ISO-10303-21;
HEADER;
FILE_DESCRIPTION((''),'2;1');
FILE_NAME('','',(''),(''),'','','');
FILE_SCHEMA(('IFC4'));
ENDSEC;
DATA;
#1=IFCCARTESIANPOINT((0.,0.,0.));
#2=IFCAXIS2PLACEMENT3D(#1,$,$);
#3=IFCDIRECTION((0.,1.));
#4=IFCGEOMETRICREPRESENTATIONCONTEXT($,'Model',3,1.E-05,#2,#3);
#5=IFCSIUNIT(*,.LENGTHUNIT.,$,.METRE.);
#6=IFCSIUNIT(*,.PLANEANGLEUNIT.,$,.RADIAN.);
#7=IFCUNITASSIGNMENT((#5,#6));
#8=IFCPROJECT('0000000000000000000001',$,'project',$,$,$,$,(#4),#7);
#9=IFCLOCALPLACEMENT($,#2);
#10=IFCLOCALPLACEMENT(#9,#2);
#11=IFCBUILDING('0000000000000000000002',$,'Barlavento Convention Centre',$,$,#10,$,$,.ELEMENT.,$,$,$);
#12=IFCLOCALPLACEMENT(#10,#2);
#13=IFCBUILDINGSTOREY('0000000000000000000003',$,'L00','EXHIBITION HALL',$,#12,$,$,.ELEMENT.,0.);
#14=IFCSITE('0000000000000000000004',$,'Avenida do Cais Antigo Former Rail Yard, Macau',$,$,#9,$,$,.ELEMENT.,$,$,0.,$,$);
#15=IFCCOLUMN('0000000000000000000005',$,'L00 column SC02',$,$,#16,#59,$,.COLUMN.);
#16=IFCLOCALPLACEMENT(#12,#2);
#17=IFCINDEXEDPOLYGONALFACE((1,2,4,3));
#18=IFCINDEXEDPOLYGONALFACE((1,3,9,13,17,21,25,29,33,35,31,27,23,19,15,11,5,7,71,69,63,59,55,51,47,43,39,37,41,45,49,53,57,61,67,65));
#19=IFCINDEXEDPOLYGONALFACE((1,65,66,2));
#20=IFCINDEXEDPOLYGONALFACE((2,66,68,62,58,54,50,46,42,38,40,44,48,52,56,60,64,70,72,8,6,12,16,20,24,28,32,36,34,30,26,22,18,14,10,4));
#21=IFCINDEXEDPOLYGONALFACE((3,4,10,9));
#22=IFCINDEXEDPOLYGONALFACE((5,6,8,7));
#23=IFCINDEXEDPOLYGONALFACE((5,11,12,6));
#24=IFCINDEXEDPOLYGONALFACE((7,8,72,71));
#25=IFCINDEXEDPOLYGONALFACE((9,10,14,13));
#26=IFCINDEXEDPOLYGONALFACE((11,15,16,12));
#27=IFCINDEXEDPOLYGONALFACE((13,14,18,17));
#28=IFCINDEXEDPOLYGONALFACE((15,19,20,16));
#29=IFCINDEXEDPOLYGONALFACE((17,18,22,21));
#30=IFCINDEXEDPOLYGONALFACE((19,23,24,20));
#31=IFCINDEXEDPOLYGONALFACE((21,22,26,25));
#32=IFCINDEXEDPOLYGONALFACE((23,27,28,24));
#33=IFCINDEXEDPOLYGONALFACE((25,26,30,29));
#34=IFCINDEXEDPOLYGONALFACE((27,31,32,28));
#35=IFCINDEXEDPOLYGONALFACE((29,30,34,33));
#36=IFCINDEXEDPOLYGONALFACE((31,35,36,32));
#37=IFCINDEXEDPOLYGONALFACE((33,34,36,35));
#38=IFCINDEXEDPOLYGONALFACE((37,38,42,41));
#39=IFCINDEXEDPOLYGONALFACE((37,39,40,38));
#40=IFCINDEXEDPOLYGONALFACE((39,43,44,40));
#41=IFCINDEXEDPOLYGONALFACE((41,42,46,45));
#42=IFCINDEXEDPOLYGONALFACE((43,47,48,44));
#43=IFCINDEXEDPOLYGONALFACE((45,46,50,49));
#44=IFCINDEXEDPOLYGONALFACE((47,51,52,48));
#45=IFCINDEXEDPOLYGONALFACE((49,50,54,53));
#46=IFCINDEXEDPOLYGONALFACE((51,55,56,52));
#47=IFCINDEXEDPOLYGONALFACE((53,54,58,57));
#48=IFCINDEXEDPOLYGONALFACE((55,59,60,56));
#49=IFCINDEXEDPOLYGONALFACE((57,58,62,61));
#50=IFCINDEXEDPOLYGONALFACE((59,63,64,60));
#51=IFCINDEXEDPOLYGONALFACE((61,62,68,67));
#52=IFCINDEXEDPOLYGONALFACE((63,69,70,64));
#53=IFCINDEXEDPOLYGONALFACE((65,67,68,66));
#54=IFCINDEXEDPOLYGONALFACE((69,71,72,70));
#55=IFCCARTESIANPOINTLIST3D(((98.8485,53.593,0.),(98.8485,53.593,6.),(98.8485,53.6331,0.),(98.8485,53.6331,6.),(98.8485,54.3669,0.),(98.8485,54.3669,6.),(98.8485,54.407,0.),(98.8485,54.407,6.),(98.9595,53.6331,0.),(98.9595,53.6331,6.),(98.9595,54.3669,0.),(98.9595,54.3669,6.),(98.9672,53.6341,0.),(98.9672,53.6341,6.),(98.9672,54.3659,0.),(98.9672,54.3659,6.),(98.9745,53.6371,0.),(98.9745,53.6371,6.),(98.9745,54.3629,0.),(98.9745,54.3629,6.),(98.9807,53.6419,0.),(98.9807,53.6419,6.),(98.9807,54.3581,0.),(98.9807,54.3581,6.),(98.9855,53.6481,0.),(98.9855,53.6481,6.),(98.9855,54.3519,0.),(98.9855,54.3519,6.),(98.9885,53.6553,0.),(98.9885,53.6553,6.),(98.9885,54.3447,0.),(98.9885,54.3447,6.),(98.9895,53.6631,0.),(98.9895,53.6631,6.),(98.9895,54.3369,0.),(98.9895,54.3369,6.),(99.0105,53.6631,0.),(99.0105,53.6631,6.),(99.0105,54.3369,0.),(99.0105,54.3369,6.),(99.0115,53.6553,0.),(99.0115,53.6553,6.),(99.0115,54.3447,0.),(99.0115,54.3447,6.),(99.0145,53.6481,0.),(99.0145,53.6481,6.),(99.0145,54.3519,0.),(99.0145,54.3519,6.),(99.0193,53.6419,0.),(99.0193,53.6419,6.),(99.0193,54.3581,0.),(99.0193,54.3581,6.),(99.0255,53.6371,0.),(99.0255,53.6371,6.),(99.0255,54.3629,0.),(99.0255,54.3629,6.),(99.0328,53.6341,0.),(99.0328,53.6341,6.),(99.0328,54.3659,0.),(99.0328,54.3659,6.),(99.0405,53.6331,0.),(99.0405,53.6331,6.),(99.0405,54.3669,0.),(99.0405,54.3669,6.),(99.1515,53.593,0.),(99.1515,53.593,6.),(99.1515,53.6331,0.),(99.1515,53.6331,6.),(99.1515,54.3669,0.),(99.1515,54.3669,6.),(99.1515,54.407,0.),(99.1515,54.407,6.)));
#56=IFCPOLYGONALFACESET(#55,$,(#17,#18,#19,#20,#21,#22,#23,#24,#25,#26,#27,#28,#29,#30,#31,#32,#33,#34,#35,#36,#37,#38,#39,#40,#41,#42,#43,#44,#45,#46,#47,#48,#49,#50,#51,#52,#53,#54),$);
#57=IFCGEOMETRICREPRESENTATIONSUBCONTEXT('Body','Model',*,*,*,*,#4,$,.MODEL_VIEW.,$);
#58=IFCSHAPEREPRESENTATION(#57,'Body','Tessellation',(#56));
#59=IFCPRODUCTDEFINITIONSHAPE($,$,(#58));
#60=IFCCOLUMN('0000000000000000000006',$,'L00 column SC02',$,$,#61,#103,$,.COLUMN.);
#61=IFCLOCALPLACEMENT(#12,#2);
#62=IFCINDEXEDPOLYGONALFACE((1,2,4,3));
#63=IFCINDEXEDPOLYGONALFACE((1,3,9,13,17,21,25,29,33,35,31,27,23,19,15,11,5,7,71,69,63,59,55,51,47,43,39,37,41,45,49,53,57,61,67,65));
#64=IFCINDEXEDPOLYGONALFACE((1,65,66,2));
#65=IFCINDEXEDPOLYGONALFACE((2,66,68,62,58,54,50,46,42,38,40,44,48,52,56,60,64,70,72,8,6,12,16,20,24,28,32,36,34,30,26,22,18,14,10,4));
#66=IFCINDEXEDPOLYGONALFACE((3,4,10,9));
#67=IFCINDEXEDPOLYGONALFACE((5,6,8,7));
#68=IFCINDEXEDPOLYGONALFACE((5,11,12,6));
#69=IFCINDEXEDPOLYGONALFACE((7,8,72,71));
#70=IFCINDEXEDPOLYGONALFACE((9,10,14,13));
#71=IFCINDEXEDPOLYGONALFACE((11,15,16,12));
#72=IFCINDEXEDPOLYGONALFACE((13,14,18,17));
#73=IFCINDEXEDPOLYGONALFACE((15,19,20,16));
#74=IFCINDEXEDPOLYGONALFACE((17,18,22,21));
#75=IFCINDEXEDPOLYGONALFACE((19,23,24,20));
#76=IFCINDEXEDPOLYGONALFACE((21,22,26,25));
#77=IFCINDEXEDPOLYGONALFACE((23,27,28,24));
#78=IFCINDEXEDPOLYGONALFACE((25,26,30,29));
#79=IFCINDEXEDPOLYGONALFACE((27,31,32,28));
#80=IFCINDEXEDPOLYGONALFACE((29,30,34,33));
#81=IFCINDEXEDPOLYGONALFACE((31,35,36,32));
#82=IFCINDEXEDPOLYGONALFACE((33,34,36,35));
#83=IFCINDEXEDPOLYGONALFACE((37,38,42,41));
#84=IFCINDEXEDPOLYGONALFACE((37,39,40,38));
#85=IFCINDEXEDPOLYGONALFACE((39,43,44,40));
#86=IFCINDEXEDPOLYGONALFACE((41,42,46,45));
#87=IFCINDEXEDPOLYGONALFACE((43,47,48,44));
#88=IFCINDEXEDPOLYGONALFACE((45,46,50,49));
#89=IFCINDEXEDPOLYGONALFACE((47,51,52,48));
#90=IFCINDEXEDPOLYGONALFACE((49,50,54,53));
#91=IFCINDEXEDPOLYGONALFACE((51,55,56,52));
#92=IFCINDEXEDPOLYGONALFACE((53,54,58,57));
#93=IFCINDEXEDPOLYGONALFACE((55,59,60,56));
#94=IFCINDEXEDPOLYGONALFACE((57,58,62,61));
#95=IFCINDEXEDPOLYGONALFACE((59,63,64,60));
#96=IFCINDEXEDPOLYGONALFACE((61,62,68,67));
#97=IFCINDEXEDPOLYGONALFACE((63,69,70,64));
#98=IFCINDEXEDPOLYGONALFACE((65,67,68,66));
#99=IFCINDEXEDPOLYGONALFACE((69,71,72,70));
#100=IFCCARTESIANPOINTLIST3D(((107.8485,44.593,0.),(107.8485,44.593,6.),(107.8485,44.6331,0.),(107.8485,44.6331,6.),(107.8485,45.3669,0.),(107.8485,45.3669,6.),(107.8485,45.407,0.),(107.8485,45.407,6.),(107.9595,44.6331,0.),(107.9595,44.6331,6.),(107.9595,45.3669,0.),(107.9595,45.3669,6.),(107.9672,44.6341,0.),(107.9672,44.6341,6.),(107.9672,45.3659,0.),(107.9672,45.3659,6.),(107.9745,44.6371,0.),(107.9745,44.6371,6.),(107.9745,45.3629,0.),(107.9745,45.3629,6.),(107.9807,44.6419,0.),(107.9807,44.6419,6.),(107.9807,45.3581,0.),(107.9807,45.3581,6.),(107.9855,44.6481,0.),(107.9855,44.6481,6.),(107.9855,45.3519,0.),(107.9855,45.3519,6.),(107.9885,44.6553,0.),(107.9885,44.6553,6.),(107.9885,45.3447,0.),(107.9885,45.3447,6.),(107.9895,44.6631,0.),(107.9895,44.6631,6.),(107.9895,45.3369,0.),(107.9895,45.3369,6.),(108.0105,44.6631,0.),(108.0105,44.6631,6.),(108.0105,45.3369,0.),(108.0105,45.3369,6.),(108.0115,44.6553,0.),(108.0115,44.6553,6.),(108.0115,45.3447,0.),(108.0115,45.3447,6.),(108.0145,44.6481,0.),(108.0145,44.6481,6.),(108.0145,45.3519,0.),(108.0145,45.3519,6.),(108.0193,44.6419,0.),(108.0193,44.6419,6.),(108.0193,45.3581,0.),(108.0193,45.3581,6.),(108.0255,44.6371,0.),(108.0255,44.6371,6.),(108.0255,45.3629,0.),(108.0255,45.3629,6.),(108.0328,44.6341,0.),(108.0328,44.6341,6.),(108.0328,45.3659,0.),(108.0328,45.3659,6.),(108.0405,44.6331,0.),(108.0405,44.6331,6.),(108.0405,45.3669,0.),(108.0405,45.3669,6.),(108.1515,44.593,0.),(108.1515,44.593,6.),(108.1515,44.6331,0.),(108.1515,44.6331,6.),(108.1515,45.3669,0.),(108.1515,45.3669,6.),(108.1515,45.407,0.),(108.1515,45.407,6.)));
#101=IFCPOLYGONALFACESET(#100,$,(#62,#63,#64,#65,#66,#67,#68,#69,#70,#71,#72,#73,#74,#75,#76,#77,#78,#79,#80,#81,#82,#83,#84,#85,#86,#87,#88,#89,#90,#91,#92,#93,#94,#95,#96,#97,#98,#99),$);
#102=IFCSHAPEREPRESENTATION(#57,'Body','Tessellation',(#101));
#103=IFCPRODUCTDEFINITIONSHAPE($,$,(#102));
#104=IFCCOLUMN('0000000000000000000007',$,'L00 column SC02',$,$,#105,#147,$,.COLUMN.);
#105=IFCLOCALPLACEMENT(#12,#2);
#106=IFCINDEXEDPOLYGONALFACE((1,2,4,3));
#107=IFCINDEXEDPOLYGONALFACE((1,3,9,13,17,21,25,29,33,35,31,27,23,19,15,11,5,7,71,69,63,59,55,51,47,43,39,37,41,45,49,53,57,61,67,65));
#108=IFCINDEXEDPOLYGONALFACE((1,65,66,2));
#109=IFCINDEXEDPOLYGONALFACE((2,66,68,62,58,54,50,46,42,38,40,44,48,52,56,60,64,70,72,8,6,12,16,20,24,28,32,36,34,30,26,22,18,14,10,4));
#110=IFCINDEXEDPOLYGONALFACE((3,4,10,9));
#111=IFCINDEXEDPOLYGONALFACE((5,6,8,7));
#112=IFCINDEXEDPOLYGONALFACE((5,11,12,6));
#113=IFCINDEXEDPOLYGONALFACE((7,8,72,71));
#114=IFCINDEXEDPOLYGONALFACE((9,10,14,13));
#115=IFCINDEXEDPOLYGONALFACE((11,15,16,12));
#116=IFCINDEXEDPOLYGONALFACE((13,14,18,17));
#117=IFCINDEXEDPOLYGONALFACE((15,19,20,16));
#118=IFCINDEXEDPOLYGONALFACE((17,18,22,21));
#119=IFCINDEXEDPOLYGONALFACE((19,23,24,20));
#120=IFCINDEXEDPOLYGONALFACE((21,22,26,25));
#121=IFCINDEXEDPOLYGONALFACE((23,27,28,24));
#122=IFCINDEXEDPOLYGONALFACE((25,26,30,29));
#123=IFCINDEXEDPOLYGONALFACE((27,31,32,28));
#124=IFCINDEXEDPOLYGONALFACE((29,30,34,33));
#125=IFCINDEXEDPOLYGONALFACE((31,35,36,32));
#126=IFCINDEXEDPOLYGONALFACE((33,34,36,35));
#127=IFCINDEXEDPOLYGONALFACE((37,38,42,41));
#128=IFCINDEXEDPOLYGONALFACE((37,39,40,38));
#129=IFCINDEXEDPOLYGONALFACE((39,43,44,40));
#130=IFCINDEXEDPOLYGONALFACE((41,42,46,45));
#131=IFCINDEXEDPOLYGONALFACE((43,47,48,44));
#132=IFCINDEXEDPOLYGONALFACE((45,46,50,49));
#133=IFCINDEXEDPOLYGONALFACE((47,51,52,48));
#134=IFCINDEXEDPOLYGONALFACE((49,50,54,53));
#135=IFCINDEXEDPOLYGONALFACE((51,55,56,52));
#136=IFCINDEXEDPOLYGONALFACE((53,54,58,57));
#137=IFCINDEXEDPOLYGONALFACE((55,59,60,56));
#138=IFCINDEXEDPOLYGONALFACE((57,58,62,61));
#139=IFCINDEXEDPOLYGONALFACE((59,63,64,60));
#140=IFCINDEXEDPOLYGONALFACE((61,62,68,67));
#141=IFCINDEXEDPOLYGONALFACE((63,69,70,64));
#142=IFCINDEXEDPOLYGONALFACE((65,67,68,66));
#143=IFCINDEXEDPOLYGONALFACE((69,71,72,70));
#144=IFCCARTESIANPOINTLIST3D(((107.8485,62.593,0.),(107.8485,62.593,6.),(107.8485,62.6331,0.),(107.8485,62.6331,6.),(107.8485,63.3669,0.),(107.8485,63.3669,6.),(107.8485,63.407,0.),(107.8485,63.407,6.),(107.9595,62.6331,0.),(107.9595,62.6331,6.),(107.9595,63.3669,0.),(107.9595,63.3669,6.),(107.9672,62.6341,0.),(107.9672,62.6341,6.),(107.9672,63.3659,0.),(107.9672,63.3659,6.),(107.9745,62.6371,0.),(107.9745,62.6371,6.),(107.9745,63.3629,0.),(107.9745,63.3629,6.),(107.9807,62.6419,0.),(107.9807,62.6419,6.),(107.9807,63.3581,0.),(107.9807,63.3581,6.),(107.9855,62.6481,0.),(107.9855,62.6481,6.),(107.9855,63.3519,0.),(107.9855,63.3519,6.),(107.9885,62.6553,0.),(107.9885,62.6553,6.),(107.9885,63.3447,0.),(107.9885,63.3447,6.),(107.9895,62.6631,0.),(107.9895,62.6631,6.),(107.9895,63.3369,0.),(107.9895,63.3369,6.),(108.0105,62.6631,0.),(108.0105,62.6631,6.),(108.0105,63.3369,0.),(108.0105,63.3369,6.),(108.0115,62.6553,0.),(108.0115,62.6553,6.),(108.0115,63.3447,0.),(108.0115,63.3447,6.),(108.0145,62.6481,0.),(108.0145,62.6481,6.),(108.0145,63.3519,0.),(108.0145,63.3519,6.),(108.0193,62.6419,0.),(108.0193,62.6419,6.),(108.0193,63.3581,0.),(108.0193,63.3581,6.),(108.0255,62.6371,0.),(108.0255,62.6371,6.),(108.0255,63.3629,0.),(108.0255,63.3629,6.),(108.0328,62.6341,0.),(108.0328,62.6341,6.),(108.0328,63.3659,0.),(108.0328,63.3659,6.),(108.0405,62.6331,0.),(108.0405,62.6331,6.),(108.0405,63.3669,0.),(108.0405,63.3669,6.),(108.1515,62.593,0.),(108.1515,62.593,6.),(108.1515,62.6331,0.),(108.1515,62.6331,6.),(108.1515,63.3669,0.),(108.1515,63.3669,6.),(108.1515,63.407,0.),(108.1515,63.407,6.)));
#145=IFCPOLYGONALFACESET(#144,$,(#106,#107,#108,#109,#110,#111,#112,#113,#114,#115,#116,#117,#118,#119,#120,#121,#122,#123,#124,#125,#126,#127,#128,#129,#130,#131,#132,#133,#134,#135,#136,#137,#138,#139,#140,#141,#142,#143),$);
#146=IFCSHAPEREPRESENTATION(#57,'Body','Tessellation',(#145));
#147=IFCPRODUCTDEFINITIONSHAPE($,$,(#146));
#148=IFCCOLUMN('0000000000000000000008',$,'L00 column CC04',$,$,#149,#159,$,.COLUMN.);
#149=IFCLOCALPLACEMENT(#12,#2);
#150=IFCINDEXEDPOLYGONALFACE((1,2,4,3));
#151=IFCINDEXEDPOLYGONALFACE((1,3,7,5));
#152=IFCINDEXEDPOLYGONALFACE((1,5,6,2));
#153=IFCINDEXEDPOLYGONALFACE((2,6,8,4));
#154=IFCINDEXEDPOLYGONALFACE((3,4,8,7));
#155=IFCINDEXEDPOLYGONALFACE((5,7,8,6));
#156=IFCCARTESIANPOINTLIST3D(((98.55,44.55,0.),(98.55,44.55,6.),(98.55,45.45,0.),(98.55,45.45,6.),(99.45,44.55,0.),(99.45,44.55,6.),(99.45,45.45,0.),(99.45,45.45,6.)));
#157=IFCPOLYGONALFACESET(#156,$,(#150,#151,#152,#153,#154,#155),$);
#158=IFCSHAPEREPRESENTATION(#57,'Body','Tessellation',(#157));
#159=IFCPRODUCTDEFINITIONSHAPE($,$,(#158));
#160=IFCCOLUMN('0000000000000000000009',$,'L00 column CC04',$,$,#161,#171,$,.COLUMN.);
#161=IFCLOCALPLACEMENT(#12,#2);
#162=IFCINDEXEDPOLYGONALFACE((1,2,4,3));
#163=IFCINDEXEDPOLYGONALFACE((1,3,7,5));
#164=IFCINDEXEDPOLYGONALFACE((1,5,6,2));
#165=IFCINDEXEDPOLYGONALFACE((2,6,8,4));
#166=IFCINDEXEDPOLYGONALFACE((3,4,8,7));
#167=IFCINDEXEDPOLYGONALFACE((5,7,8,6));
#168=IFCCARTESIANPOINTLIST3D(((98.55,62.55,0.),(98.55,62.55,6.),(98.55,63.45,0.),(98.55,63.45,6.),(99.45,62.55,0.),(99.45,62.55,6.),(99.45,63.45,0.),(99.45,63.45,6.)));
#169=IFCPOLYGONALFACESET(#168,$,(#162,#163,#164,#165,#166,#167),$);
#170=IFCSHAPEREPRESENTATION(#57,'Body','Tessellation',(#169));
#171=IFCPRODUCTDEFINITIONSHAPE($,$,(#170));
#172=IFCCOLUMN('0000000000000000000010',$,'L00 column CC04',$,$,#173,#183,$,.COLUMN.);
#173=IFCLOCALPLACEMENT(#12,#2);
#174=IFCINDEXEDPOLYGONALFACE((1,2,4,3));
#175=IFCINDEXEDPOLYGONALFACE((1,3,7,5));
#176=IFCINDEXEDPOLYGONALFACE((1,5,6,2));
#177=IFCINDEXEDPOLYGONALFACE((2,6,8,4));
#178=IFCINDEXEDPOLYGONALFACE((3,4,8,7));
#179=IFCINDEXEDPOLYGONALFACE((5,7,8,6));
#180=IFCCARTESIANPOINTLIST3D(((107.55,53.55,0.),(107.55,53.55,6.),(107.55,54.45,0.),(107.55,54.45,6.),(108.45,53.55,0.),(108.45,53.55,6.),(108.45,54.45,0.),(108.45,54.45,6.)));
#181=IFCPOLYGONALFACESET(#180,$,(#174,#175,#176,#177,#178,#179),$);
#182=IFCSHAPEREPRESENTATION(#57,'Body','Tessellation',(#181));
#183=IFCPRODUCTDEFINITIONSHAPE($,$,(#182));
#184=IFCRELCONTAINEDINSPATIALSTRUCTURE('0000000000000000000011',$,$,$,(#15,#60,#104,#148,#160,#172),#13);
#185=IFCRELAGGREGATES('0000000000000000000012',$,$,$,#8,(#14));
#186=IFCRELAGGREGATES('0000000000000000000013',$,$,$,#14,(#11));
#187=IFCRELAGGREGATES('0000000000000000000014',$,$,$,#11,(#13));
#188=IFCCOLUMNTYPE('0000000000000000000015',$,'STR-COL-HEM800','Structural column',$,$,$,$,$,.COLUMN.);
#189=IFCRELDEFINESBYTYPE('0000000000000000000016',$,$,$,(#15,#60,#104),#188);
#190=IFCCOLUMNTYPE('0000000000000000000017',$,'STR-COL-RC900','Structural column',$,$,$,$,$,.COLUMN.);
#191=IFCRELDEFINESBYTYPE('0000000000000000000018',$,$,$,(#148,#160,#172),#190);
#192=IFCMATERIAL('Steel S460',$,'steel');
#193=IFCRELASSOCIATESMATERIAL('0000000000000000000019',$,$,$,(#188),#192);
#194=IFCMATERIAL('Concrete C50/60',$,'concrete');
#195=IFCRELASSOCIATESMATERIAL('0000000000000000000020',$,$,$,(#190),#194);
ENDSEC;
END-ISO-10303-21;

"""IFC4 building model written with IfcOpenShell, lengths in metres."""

from ifc_helpers import new_model, si_unit, direction, frame, origin, origin_2d, place, context, subcontext, project, spatial, rectangle, i_section, extrude, material, material_profile, profile_set, type_object, element, save


model = new_model("IFC4")

# Units and contexts
model_context = context("Model", 3, precision=1e-05, world=origin(), true_north=direction((0.0, 1.0)))
body_context = subcontext(model_context, "Body", "Model", "MODEL_VIEW")
ifc_project = project(units=[si_unit("LENGTHUNIT", "METRE"), si_unit("PLANEANGLEUNIT", "RADIAN")], contexts=[model_context])

# Site, building, storey
site_placement = place(None, origin())
site = spatial("IfcSite", under=ifc_project, at=site_placement, Name="Avenida do Cais Antigo Former Rail Yard, Macau", CompositionType="ELEMENT", RefElevation=0.0)
building_placement = place(site_placement, origin())
building = spatial("IfcBuilding", under=site, at=building_placement, Name="Barlavento Convention Centre", CompositionType="ELEMENT")
storey_placement = place(building_placement, origin())
storey = spatial("IfcBuildingStorey", under=building, at=storey_placement, Name="L00", Description="EXHIBITION HALL", CompositionType="ELEMENT", Elevation=0.0)

# Columns
ifc_material_1 = material(Name="Steel S460", Category="steel")
ifc_material_profile_1 = material_profile(ifc_material_1, i_section(OverallWidth=0.303, OverallDepth=0.814, WebThickness=0.021, FlangeThickness=0.04, FilletRadius=0.03, at=origin_2d()), Name="HEM 800")
ifc_profile_set_1 = profile_set([ifc_material_profile_1], Name="Steel S460")
column_type_1 = type_object("IfcColumnType", Name="STR-COL-HEM800", Description="Structural column", PredefinedType="COLUMN", material=ifc_profile_set_1)
for number, where, z_axis, x_axis, name in (
    (1, (99.0, 54.0, 0.0), (0.0, 0.0, 1.0), (1.0, 0.0, 0.0), "L00 column SC02"),
    (2, (108.0, 45.0, 0.0), (0.0, 0.0, 1.0), (1.0, 0.0, 0.0), "L00 column SC02"),
    (3, (108.0, 63.0, 0.0), (0.0, 0.0, 1.0), (1.0, 0.0, 0.0), "L00 column SC02"),
):
    element("IfcColumn", number, at=place(storey_placement, frame(where, z_axis=z_axis, x_axis=x_axis)), inside=storey, type_object=column_type_1, Name=name, PredefinedType="COLUMN", context=body_context, shape_type="SweptSolid", body=[
        extrude(i_section(OverallWidth=0.303, OverallDepth=0.814, WebThickness=0.021, FlangeThickness=0.04, FilletRadius=0.03, at=origin_2d()), origin(), (0.0, 0.0, 1.0), 6.0),
    ])
ifc_material_2 = material(Name="Concrete C50/60", Category="concrete")
ifc_material_profile_2 = material_profile(ifc_material_2, rectangle(XDim=0.8999, YDim=0.8999, at=origin_2d()), Name="RC 900x900")
ifc_profile_set_2 = profile_set([ifc_material_profile_2], Name="Concrete C50/60")
column_type_2 = type_object("IfcColumnType", Name="STR-COL-RC900", Description="Structural column", PredefinedType="COLUMN", material=ifc_profile_set_2)
for number, where, z_axis, x_axis, name in (
    (4, (99.0, 45.0, 0.0), (0.0, 0.0, 1.0), (1.0, 0.0, 0.0), "L00 column CC04"),
    (5, (99.0, 63.0, 0.0), (0.0, 0.0, 1.0), (1.0, 0.0, 0.0), "L00 column CC04"),
    (6, (108.0, 54.0, 0.0), (0.0, 0.0, 1.0), (1.0, 0.0, 0.0), "L00 column CC04"),
):
    element("IfcColumn", number, at=place(storey_placement, frame(where, z_axis=z_axis, x_axis=x_axis)), inside=storey, type_object=column_type_2, Name=name, PredefinedType="COLUMN", context=body_context, shape_type="SweptSolid", body=[
        extrude(rectangle(XDim=0.8999, YDim=0.8999, at=origin_2d()), origin(), (0.0, 0.0, 1.0), 6.0),
    ])

save(model, "model.ifc")
